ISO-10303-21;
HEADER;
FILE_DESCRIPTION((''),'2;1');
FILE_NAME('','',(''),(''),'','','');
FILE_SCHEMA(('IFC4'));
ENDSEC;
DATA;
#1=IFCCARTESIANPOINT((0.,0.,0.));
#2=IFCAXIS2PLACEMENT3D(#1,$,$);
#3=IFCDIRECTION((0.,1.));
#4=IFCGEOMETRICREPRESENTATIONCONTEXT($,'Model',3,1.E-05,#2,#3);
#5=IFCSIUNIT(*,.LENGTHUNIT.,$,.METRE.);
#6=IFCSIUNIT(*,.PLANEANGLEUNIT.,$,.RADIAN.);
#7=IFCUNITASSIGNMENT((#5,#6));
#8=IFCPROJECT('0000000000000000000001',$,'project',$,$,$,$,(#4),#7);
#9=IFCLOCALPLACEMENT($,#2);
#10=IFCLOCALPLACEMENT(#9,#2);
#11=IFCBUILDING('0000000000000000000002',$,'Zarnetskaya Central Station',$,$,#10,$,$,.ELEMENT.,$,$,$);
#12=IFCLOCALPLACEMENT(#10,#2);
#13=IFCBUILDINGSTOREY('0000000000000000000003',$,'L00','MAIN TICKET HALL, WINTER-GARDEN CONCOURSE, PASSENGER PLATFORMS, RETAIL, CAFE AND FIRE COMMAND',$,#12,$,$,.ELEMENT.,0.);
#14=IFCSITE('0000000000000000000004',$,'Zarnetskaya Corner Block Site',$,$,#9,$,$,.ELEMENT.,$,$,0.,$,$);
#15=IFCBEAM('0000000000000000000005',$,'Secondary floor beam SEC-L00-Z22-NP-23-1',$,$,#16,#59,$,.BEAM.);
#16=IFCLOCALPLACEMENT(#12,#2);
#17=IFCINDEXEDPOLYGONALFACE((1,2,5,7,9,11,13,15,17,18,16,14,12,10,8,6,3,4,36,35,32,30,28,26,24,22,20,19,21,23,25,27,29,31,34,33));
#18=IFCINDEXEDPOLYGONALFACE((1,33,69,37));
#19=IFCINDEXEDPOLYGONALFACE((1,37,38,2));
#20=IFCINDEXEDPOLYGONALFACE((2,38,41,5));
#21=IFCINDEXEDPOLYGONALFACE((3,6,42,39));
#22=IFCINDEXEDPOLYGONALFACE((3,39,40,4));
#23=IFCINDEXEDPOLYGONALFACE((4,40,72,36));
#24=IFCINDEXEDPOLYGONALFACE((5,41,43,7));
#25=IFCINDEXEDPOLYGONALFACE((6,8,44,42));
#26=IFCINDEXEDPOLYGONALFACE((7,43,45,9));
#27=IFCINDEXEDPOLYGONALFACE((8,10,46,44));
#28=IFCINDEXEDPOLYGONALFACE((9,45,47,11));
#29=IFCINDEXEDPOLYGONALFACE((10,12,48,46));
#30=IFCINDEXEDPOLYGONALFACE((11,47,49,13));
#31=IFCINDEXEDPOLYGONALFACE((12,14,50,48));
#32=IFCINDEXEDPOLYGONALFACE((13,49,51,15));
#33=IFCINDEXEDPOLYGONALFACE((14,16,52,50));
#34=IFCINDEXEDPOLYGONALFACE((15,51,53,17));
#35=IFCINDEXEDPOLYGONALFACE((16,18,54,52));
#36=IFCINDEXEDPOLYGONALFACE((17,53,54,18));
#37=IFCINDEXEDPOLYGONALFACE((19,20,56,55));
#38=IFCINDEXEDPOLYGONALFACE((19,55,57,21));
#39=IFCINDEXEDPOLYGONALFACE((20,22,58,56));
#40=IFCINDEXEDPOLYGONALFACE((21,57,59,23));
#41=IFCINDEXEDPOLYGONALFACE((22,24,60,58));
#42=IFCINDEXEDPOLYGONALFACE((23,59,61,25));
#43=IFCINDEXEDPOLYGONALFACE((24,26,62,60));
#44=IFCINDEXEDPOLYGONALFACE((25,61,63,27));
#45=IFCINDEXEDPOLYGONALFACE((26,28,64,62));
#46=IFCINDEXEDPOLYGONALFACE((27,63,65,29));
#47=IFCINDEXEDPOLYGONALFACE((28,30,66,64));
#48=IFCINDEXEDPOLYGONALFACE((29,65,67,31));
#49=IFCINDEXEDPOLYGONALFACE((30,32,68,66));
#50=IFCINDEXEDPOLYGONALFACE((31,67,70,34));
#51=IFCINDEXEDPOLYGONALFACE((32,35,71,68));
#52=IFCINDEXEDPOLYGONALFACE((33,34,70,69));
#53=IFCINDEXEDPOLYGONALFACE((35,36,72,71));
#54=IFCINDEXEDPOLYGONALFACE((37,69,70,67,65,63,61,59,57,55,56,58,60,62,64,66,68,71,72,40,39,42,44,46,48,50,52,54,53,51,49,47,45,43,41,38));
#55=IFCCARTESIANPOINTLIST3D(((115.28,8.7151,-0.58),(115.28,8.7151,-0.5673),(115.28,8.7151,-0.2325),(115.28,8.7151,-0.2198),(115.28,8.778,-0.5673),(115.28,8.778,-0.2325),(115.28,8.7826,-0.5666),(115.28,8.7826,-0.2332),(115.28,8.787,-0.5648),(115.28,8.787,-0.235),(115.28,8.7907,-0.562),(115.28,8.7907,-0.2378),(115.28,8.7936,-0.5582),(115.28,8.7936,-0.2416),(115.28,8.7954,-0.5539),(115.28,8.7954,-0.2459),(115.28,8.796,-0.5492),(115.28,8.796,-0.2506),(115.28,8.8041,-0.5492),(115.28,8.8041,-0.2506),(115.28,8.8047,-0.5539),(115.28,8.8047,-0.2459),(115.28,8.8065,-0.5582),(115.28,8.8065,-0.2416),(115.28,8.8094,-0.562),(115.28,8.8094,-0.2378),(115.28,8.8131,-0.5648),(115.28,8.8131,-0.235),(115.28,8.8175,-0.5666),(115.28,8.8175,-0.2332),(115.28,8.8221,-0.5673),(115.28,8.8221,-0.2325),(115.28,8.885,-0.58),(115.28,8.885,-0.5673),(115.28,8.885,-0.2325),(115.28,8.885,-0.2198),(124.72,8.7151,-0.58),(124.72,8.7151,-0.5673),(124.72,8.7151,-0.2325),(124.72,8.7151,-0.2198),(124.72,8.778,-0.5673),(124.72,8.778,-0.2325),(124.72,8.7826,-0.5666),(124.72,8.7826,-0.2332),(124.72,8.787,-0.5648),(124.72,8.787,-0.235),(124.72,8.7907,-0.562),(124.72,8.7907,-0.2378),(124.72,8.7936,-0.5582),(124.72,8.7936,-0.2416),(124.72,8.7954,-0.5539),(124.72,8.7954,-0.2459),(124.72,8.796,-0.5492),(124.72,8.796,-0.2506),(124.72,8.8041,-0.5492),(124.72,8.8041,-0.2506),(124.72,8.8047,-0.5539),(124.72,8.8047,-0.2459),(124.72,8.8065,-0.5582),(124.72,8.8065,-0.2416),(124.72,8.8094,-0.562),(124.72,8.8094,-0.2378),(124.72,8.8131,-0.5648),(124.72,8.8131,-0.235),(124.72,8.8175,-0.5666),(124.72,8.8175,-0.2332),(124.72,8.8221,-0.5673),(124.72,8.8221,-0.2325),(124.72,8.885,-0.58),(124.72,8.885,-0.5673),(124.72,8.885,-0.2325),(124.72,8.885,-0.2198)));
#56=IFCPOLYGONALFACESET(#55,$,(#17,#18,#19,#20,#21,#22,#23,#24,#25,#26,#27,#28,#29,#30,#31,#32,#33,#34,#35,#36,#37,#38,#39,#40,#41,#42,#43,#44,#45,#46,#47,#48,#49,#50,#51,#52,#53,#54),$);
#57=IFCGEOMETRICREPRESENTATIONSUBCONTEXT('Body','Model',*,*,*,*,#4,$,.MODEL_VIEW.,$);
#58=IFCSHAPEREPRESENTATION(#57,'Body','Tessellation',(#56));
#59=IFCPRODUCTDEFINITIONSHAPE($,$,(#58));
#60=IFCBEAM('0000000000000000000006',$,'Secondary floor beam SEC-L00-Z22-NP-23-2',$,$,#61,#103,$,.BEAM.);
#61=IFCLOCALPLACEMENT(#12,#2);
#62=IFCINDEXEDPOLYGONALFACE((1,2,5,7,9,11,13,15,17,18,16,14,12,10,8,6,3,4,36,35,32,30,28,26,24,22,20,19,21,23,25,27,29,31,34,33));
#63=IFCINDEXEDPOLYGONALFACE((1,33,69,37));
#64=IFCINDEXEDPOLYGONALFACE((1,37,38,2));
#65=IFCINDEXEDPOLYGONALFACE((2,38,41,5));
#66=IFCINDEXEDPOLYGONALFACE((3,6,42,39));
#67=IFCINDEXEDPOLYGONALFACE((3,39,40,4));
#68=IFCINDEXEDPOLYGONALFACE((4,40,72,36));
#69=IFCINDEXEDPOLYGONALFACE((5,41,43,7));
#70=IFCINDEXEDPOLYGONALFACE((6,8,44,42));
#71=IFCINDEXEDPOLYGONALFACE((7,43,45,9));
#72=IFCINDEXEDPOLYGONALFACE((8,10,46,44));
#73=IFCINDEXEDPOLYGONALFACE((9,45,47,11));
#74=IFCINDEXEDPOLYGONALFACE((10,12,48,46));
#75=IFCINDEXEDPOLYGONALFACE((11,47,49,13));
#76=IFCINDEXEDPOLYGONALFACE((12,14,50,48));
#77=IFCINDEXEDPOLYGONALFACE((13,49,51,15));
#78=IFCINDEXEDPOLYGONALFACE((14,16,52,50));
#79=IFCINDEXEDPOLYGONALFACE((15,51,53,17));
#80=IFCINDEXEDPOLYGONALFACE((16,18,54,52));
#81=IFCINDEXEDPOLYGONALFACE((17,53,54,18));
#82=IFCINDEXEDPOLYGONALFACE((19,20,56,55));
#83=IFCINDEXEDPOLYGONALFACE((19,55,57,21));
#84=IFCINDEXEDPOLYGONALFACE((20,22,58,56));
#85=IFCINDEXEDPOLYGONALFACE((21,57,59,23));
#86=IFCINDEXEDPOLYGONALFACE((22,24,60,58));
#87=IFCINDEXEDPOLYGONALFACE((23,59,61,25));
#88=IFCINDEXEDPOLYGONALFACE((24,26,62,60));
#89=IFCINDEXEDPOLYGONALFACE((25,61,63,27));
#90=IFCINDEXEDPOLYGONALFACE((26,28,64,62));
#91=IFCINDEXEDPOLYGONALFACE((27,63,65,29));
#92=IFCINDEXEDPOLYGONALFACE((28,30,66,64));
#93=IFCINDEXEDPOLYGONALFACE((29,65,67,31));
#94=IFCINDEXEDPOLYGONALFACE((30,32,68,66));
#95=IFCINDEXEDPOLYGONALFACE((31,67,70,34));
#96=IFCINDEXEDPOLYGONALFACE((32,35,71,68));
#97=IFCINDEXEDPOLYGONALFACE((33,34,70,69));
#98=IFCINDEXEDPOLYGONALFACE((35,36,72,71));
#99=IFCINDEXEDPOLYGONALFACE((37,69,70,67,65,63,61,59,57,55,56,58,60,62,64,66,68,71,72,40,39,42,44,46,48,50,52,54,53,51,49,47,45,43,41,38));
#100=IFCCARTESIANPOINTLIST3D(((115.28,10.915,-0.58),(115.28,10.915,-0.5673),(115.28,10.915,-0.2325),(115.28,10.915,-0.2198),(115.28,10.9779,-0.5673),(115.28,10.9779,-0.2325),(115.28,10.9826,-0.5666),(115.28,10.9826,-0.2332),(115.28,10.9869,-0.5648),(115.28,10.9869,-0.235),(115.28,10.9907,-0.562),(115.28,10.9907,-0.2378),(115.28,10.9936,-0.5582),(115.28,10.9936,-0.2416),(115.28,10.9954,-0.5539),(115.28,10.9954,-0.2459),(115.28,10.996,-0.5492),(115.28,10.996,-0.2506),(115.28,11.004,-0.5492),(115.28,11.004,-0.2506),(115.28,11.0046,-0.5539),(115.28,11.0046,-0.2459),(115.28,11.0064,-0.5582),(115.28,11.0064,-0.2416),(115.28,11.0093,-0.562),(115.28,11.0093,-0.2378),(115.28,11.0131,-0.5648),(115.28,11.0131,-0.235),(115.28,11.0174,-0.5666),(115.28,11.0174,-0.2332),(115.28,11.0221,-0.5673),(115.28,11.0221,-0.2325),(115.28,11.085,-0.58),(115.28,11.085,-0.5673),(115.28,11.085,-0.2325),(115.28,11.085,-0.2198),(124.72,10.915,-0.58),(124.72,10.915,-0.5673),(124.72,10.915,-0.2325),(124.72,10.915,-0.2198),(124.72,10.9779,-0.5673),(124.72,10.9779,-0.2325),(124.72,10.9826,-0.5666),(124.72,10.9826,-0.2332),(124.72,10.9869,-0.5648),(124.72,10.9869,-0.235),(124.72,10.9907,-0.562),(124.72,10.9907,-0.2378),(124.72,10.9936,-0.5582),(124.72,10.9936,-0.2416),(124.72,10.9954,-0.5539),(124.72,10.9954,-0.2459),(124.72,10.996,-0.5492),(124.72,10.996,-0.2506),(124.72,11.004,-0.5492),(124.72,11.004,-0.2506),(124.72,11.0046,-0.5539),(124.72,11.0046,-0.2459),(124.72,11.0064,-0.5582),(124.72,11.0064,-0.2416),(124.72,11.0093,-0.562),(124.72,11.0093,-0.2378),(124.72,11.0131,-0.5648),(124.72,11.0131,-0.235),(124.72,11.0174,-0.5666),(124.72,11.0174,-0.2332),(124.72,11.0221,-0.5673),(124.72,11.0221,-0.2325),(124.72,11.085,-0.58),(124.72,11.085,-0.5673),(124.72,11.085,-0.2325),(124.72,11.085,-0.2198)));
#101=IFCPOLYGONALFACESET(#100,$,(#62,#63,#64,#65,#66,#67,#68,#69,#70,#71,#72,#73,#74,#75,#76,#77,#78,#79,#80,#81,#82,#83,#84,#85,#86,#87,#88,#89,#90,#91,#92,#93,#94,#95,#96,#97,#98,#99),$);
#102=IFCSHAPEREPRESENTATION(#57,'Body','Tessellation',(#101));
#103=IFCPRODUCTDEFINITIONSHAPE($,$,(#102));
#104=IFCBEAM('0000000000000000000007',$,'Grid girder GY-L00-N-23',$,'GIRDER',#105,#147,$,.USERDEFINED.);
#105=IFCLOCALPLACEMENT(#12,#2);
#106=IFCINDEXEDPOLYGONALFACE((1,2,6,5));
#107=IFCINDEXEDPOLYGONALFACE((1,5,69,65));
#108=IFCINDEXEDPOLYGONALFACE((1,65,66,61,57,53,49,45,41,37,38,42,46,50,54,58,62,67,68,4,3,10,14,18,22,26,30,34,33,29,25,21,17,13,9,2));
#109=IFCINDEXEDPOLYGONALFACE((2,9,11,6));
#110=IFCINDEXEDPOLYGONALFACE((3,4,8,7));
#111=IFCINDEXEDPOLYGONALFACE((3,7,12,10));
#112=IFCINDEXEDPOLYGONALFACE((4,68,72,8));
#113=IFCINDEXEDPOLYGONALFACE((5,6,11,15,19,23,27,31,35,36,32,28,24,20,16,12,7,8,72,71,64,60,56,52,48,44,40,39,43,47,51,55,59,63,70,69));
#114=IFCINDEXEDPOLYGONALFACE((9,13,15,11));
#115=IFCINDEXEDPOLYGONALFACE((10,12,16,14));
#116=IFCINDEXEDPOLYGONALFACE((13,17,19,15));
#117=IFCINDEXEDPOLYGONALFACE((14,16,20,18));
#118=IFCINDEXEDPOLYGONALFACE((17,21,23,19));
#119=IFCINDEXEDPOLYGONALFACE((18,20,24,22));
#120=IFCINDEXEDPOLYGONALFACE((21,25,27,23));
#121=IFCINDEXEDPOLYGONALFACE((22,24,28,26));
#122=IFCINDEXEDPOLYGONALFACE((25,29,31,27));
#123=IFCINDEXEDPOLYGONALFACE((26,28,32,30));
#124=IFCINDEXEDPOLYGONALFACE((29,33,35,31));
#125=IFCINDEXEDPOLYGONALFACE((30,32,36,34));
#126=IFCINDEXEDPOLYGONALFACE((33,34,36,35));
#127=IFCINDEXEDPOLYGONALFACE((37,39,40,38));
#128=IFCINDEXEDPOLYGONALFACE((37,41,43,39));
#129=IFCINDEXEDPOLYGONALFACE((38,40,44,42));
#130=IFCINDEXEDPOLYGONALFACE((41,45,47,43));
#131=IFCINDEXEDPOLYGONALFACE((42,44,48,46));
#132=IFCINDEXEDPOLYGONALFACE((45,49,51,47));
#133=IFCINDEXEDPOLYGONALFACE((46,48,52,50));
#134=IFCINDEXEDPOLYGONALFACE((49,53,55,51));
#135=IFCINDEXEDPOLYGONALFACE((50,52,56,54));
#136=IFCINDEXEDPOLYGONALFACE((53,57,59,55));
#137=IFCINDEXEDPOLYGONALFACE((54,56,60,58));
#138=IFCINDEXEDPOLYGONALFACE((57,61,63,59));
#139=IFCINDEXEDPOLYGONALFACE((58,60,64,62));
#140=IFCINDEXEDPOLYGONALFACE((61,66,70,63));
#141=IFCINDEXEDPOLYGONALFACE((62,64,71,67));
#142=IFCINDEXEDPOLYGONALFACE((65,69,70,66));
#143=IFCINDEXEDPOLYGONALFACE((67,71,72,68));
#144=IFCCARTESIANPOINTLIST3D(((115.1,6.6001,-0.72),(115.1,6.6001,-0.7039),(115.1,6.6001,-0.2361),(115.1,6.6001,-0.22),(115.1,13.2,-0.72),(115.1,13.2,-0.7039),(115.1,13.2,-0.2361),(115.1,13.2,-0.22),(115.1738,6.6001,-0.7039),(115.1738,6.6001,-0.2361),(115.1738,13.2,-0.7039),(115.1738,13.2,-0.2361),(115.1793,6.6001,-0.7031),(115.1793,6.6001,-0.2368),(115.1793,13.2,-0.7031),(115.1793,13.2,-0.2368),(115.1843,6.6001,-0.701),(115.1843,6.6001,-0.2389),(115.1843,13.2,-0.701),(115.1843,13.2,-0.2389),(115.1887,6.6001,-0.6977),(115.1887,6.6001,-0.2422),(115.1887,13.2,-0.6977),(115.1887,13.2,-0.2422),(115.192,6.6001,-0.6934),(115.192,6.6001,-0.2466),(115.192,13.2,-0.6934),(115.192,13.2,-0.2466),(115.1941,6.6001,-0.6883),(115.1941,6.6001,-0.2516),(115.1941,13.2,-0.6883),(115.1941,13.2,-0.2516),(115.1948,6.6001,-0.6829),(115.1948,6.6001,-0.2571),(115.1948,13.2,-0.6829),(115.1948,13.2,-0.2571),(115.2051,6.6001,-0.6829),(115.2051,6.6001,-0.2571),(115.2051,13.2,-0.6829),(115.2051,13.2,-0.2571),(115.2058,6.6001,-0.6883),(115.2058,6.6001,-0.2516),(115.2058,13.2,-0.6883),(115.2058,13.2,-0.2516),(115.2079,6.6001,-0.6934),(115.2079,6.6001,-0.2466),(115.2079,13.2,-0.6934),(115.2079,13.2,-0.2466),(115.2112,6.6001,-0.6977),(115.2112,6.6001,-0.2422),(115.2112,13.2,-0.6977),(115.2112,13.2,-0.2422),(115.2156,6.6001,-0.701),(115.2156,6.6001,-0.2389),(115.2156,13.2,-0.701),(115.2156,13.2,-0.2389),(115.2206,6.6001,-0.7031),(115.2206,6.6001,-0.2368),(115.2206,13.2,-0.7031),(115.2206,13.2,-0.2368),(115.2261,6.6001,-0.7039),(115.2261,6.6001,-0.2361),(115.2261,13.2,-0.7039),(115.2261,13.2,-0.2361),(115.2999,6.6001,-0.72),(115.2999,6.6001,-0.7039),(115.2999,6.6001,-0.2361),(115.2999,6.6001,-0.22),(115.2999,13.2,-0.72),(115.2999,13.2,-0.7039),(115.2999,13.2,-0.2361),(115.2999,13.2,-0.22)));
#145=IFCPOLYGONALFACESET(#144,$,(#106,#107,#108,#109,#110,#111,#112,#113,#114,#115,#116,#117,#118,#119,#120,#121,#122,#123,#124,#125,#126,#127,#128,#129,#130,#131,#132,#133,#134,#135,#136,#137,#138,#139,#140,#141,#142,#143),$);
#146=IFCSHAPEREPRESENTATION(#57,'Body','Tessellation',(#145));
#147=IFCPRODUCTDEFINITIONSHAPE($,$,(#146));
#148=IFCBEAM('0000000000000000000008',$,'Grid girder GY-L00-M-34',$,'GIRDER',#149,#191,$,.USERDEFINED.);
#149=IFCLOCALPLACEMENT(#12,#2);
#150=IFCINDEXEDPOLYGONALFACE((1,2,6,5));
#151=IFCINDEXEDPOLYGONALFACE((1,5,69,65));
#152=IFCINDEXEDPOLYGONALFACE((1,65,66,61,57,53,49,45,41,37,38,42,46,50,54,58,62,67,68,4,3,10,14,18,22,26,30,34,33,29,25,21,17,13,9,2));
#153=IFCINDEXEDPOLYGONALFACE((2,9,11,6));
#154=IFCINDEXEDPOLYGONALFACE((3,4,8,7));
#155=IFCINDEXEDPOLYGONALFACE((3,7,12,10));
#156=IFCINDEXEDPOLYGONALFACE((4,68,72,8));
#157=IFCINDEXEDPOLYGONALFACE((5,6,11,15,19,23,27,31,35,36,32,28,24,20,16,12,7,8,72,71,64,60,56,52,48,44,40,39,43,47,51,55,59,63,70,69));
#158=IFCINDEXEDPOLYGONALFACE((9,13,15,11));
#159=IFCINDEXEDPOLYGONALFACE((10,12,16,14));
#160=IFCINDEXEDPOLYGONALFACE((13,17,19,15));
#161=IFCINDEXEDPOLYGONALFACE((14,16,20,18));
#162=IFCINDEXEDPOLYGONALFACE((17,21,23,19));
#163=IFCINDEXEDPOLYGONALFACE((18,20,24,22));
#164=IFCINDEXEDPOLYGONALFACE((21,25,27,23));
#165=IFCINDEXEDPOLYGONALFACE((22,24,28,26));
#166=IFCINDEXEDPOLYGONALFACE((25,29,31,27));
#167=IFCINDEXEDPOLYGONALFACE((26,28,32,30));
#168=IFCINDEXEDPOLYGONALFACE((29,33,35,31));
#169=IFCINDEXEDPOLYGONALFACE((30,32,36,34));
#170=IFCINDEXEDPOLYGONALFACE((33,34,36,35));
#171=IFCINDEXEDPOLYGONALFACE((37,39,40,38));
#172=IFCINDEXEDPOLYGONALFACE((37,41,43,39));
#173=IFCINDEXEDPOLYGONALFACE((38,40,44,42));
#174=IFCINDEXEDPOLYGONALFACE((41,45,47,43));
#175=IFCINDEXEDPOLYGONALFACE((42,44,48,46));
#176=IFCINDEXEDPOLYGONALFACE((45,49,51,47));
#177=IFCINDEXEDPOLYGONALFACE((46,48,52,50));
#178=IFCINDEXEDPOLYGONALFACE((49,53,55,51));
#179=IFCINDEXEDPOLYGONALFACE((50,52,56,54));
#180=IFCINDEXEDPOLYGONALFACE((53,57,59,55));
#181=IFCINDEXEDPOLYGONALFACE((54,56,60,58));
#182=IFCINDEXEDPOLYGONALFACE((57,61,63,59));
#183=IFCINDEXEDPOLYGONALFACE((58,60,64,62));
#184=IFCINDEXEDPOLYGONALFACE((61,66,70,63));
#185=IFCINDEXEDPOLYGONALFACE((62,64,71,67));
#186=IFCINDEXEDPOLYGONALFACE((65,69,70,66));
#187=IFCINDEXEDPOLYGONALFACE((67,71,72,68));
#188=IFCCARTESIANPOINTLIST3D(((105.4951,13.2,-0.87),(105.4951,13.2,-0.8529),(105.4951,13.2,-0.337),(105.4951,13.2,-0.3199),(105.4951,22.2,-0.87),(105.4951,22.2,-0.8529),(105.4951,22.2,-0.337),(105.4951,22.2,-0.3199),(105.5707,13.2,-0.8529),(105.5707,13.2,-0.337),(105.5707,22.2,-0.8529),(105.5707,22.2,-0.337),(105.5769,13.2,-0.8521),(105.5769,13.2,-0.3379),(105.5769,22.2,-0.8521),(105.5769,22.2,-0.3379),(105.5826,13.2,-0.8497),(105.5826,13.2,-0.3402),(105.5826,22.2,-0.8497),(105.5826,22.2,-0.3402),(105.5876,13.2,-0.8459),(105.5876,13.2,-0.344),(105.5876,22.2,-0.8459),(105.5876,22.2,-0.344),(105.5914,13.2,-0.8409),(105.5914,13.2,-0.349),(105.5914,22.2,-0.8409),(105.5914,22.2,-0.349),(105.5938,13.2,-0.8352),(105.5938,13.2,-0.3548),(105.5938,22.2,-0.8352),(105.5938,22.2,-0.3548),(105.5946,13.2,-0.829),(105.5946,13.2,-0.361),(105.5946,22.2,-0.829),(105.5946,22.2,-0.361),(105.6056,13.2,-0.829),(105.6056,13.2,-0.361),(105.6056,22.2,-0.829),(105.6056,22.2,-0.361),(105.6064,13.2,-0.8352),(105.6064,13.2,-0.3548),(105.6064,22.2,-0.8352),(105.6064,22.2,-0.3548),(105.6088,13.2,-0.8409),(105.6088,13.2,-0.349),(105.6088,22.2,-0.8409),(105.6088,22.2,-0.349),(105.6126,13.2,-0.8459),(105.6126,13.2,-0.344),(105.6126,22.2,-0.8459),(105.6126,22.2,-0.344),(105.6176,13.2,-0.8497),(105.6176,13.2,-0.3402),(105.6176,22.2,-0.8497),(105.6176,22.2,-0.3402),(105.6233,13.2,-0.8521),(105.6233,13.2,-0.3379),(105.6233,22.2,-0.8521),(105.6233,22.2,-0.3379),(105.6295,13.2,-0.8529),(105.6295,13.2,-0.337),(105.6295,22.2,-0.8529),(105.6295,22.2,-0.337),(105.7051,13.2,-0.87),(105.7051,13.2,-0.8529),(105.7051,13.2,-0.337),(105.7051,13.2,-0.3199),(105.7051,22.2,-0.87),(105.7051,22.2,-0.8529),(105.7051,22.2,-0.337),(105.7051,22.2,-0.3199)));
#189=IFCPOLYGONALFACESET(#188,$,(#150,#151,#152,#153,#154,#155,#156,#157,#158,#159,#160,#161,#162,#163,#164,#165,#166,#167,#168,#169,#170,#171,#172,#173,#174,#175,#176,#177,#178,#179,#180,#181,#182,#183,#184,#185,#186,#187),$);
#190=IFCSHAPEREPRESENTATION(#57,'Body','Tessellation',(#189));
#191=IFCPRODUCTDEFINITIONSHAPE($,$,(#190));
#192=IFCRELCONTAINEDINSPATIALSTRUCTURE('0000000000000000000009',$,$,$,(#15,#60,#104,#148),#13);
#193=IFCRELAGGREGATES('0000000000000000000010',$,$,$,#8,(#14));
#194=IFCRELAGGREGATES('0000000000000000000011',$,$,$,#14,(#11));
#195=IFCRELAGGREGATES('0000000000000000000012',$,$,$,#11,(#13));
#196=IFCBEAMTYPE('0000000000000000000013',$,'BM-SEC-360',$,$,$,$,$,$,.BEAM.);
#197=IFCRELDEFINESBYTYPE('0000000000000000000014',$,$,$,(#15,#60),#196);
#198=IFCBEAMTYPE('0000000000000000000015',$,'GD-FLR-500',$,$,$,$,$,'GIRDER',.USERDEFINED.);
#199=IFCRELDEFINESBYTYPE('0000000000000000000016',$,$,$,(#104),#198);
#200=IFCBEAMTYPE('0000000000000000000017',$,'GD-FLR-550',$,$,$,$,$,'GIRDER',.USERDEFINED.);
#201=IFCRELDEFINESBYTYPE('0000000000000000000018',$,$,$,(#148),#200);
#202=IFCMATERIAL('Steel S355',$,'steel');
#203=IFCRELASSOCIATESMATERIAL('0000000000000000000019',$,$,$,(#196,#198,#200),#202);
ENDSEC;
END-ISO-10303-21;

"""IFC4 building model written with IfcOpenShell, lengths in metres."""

from ifc_helpers import new_model, si_unit, direction, frame, origin, origin_2d, place, context, subcontext, project, spatial, i_section, extrude, material, material_profile, profile_set, type_object, element, save


model = new_model("IFC4")

# Units and contexts
model_context = context("Model", 3, precision=1e-05, world=origin(), true_north=direction((0.0, 1.0)))
body_context = subcontext(model_context, "Body", "Model", "MODEL_VIEW")
ifc_project = project(units=[si_unit("LENGTHUNIT", "METRE"), si_unit("PLANEANGLEUNIT", "RADIAN")], contexts=[model_context])

# Site, building, storey
site_placement = place(None, origin())
site = spatial("IfcSite", under=ifc_project, at=site_placement, Name="Zarnetskaya Corner Block Site", CompositionType="ELEMENT", RefElevation=0.0)
building_placement = place(site_placement, origin())
building = spatial("IfcBuilding", under=site, at=building_placement, Name="Zarnetskaya Central Station", CompositionType="ELEMENT")
storey_placement = place(building_placement, origin())
storey = spatial("IfcBuildingStorey", under=building, at=storey_placement, Name="L00", Description="MAIN TICKET HALL, WINTER-GARDEN CONCOURSE, PASSENGER PLATFORMS, RETAIL, CAFE AND FIRE COMMAND", CompositionType="ELEMENT", Elevation=0.0)

# Shared definitions
ifc_material_1 = material(Name="Steel S355", Category="steel")

# Beams
ifc_material_profile_1 = material_profile(ifc_material_1, i_section(OverallWidth=0.1699, OverallDepth=0.3601, WebThickness=0.0081, FlangeThickness=0.0127, FilletRadius=0.0181, at=origin_2d()), Name="IPE 360")
ifc_profile_set_1 = profile_set([ifc_material_profile_1], Name="Steel S355")
beam_type_1 = type_object("IfcBeamType", Name="BM-SEC-360", PredefinedType="BEAM", material=ifc_profile_set_1)
for number, where, z_axis, x_axis, name in (
    (1, (115.28, 8.8, -0.3999), (1.0, 0.0, 0.0), (0.0, 1.0, 0.0), "Secondary floor beam SEC-L00-Z22-NP-23-1"),
    (2, (115.28, 11.0, -0.3999), (1.0, 0.0, 0.0), (0.0, 1.0, 0.0), "Secondary floor beam SEC-L00-Z22-NP-23-2"),
):
    element("IfcBeam", number, at=place(storey_placement, frame(where, z_axis=z_axis, x_axis=x_axis)), inside=storey, type_object=beam_type_1, Name=name, PredefinedType="BEAM", context=body_context, shape_type="SweptSolid", body=[
        extrude(i_section(OverallWidth=0.1699, OverallDepth=0.3601, WebThickness=0.0081, FlangeThickness=0.0127, FilletRadius=0.0181, at=origin_2d()), origin(), (0.0, 0.0, 1.0), 9.4399),
    ])
ifc_material_profile_2 = material_profile(ifc_material_1, i_section(OverallWidth=0.2, OverallDepth=0.5, WebThickness=0.0103, FlangeThickness=0.0161, FilletRadius=0.021, at=origin_2d()), Name="IPE 500")
ifc_profile_set_2 = profile_set([ifc_material_profile_2], Name="Steel S355")
beam_type_2 = type_object("IfcBeamType", Name="GD-FLR-500", ElementType="GIRDER", PredefinedType="USERDEFINED", material=ifc_profile_set_2)
beam_placement = place(storey_placement, frame((115.2, 6.6001, -0.47), z_axis=(0.0, 1.0, 0.0), x_axis=(-1.0, 0.0, 0.0)))
element("IfcBeam", 3, at=beam_placement, inside=storey, type_object=beam_type_2, Name="Grid girder GY-L00-N-23", ObjectType="GIRDER", PredefinedType="USERDEFINED", context=body_context, shape_type="SweptSolid", body=[
    extrude(i_section(OverallWidth=0.2, OverallDepth=0.5, WebThickness=0.0103, FlangeThickness=0.0161, FilletRadius=0.021, at=origin_2d()), origin(), (0.0, 0.0, 1.0), 6.5999),
])
ifc_material_profile_3 = material_profile(ifc_material_1, i_section(OverallWidth=0.21, OverallDepth=0.55, WebThickness=0.011, FlangeThickness=0.0171, FilletRadius=0.0239, at=origin_2d()), Name="IPE 550")
ifc_profile_set_3 = profile_set([ifc_material_profile_3], Name="Steel S355")
beam_type_3 = type_object("IfcBeamType", Name="GD-FLR-550", ElementType="GIRDER", PredefinedType="USERDEFINED", material=ifc_profile_set_3)
for number, where, z_axis, x_axis, name in (
    (4, (105.6001, 13.2, -0.595), (0.0, 1.0, 0.0), (-1.0, 0.0, 0.0), "Grid girder GY-L00-M-34"),
):
    element("IfcBeam", number, at=place(storey_placement, frame(where, z_axis=z_axis, x_axis=x_axis)), inside=storey, type_object=beam_type_3, Name=name, ObjectType="GIRDER", PredefinedType="USERDEFINED", context=body_context, shape_type="SweptSolid", body=[
        extrude(i_section(OverallWidth=0.21, OverallDepth=0.55, WebThickness=0.011, FlangeThickness=0.0171, FilletRadius=0.0239, at=origin_2d()), origin(), (0.0, 0.0, 1.0), 9.0),
    ])

save(model, "model.ifc")
